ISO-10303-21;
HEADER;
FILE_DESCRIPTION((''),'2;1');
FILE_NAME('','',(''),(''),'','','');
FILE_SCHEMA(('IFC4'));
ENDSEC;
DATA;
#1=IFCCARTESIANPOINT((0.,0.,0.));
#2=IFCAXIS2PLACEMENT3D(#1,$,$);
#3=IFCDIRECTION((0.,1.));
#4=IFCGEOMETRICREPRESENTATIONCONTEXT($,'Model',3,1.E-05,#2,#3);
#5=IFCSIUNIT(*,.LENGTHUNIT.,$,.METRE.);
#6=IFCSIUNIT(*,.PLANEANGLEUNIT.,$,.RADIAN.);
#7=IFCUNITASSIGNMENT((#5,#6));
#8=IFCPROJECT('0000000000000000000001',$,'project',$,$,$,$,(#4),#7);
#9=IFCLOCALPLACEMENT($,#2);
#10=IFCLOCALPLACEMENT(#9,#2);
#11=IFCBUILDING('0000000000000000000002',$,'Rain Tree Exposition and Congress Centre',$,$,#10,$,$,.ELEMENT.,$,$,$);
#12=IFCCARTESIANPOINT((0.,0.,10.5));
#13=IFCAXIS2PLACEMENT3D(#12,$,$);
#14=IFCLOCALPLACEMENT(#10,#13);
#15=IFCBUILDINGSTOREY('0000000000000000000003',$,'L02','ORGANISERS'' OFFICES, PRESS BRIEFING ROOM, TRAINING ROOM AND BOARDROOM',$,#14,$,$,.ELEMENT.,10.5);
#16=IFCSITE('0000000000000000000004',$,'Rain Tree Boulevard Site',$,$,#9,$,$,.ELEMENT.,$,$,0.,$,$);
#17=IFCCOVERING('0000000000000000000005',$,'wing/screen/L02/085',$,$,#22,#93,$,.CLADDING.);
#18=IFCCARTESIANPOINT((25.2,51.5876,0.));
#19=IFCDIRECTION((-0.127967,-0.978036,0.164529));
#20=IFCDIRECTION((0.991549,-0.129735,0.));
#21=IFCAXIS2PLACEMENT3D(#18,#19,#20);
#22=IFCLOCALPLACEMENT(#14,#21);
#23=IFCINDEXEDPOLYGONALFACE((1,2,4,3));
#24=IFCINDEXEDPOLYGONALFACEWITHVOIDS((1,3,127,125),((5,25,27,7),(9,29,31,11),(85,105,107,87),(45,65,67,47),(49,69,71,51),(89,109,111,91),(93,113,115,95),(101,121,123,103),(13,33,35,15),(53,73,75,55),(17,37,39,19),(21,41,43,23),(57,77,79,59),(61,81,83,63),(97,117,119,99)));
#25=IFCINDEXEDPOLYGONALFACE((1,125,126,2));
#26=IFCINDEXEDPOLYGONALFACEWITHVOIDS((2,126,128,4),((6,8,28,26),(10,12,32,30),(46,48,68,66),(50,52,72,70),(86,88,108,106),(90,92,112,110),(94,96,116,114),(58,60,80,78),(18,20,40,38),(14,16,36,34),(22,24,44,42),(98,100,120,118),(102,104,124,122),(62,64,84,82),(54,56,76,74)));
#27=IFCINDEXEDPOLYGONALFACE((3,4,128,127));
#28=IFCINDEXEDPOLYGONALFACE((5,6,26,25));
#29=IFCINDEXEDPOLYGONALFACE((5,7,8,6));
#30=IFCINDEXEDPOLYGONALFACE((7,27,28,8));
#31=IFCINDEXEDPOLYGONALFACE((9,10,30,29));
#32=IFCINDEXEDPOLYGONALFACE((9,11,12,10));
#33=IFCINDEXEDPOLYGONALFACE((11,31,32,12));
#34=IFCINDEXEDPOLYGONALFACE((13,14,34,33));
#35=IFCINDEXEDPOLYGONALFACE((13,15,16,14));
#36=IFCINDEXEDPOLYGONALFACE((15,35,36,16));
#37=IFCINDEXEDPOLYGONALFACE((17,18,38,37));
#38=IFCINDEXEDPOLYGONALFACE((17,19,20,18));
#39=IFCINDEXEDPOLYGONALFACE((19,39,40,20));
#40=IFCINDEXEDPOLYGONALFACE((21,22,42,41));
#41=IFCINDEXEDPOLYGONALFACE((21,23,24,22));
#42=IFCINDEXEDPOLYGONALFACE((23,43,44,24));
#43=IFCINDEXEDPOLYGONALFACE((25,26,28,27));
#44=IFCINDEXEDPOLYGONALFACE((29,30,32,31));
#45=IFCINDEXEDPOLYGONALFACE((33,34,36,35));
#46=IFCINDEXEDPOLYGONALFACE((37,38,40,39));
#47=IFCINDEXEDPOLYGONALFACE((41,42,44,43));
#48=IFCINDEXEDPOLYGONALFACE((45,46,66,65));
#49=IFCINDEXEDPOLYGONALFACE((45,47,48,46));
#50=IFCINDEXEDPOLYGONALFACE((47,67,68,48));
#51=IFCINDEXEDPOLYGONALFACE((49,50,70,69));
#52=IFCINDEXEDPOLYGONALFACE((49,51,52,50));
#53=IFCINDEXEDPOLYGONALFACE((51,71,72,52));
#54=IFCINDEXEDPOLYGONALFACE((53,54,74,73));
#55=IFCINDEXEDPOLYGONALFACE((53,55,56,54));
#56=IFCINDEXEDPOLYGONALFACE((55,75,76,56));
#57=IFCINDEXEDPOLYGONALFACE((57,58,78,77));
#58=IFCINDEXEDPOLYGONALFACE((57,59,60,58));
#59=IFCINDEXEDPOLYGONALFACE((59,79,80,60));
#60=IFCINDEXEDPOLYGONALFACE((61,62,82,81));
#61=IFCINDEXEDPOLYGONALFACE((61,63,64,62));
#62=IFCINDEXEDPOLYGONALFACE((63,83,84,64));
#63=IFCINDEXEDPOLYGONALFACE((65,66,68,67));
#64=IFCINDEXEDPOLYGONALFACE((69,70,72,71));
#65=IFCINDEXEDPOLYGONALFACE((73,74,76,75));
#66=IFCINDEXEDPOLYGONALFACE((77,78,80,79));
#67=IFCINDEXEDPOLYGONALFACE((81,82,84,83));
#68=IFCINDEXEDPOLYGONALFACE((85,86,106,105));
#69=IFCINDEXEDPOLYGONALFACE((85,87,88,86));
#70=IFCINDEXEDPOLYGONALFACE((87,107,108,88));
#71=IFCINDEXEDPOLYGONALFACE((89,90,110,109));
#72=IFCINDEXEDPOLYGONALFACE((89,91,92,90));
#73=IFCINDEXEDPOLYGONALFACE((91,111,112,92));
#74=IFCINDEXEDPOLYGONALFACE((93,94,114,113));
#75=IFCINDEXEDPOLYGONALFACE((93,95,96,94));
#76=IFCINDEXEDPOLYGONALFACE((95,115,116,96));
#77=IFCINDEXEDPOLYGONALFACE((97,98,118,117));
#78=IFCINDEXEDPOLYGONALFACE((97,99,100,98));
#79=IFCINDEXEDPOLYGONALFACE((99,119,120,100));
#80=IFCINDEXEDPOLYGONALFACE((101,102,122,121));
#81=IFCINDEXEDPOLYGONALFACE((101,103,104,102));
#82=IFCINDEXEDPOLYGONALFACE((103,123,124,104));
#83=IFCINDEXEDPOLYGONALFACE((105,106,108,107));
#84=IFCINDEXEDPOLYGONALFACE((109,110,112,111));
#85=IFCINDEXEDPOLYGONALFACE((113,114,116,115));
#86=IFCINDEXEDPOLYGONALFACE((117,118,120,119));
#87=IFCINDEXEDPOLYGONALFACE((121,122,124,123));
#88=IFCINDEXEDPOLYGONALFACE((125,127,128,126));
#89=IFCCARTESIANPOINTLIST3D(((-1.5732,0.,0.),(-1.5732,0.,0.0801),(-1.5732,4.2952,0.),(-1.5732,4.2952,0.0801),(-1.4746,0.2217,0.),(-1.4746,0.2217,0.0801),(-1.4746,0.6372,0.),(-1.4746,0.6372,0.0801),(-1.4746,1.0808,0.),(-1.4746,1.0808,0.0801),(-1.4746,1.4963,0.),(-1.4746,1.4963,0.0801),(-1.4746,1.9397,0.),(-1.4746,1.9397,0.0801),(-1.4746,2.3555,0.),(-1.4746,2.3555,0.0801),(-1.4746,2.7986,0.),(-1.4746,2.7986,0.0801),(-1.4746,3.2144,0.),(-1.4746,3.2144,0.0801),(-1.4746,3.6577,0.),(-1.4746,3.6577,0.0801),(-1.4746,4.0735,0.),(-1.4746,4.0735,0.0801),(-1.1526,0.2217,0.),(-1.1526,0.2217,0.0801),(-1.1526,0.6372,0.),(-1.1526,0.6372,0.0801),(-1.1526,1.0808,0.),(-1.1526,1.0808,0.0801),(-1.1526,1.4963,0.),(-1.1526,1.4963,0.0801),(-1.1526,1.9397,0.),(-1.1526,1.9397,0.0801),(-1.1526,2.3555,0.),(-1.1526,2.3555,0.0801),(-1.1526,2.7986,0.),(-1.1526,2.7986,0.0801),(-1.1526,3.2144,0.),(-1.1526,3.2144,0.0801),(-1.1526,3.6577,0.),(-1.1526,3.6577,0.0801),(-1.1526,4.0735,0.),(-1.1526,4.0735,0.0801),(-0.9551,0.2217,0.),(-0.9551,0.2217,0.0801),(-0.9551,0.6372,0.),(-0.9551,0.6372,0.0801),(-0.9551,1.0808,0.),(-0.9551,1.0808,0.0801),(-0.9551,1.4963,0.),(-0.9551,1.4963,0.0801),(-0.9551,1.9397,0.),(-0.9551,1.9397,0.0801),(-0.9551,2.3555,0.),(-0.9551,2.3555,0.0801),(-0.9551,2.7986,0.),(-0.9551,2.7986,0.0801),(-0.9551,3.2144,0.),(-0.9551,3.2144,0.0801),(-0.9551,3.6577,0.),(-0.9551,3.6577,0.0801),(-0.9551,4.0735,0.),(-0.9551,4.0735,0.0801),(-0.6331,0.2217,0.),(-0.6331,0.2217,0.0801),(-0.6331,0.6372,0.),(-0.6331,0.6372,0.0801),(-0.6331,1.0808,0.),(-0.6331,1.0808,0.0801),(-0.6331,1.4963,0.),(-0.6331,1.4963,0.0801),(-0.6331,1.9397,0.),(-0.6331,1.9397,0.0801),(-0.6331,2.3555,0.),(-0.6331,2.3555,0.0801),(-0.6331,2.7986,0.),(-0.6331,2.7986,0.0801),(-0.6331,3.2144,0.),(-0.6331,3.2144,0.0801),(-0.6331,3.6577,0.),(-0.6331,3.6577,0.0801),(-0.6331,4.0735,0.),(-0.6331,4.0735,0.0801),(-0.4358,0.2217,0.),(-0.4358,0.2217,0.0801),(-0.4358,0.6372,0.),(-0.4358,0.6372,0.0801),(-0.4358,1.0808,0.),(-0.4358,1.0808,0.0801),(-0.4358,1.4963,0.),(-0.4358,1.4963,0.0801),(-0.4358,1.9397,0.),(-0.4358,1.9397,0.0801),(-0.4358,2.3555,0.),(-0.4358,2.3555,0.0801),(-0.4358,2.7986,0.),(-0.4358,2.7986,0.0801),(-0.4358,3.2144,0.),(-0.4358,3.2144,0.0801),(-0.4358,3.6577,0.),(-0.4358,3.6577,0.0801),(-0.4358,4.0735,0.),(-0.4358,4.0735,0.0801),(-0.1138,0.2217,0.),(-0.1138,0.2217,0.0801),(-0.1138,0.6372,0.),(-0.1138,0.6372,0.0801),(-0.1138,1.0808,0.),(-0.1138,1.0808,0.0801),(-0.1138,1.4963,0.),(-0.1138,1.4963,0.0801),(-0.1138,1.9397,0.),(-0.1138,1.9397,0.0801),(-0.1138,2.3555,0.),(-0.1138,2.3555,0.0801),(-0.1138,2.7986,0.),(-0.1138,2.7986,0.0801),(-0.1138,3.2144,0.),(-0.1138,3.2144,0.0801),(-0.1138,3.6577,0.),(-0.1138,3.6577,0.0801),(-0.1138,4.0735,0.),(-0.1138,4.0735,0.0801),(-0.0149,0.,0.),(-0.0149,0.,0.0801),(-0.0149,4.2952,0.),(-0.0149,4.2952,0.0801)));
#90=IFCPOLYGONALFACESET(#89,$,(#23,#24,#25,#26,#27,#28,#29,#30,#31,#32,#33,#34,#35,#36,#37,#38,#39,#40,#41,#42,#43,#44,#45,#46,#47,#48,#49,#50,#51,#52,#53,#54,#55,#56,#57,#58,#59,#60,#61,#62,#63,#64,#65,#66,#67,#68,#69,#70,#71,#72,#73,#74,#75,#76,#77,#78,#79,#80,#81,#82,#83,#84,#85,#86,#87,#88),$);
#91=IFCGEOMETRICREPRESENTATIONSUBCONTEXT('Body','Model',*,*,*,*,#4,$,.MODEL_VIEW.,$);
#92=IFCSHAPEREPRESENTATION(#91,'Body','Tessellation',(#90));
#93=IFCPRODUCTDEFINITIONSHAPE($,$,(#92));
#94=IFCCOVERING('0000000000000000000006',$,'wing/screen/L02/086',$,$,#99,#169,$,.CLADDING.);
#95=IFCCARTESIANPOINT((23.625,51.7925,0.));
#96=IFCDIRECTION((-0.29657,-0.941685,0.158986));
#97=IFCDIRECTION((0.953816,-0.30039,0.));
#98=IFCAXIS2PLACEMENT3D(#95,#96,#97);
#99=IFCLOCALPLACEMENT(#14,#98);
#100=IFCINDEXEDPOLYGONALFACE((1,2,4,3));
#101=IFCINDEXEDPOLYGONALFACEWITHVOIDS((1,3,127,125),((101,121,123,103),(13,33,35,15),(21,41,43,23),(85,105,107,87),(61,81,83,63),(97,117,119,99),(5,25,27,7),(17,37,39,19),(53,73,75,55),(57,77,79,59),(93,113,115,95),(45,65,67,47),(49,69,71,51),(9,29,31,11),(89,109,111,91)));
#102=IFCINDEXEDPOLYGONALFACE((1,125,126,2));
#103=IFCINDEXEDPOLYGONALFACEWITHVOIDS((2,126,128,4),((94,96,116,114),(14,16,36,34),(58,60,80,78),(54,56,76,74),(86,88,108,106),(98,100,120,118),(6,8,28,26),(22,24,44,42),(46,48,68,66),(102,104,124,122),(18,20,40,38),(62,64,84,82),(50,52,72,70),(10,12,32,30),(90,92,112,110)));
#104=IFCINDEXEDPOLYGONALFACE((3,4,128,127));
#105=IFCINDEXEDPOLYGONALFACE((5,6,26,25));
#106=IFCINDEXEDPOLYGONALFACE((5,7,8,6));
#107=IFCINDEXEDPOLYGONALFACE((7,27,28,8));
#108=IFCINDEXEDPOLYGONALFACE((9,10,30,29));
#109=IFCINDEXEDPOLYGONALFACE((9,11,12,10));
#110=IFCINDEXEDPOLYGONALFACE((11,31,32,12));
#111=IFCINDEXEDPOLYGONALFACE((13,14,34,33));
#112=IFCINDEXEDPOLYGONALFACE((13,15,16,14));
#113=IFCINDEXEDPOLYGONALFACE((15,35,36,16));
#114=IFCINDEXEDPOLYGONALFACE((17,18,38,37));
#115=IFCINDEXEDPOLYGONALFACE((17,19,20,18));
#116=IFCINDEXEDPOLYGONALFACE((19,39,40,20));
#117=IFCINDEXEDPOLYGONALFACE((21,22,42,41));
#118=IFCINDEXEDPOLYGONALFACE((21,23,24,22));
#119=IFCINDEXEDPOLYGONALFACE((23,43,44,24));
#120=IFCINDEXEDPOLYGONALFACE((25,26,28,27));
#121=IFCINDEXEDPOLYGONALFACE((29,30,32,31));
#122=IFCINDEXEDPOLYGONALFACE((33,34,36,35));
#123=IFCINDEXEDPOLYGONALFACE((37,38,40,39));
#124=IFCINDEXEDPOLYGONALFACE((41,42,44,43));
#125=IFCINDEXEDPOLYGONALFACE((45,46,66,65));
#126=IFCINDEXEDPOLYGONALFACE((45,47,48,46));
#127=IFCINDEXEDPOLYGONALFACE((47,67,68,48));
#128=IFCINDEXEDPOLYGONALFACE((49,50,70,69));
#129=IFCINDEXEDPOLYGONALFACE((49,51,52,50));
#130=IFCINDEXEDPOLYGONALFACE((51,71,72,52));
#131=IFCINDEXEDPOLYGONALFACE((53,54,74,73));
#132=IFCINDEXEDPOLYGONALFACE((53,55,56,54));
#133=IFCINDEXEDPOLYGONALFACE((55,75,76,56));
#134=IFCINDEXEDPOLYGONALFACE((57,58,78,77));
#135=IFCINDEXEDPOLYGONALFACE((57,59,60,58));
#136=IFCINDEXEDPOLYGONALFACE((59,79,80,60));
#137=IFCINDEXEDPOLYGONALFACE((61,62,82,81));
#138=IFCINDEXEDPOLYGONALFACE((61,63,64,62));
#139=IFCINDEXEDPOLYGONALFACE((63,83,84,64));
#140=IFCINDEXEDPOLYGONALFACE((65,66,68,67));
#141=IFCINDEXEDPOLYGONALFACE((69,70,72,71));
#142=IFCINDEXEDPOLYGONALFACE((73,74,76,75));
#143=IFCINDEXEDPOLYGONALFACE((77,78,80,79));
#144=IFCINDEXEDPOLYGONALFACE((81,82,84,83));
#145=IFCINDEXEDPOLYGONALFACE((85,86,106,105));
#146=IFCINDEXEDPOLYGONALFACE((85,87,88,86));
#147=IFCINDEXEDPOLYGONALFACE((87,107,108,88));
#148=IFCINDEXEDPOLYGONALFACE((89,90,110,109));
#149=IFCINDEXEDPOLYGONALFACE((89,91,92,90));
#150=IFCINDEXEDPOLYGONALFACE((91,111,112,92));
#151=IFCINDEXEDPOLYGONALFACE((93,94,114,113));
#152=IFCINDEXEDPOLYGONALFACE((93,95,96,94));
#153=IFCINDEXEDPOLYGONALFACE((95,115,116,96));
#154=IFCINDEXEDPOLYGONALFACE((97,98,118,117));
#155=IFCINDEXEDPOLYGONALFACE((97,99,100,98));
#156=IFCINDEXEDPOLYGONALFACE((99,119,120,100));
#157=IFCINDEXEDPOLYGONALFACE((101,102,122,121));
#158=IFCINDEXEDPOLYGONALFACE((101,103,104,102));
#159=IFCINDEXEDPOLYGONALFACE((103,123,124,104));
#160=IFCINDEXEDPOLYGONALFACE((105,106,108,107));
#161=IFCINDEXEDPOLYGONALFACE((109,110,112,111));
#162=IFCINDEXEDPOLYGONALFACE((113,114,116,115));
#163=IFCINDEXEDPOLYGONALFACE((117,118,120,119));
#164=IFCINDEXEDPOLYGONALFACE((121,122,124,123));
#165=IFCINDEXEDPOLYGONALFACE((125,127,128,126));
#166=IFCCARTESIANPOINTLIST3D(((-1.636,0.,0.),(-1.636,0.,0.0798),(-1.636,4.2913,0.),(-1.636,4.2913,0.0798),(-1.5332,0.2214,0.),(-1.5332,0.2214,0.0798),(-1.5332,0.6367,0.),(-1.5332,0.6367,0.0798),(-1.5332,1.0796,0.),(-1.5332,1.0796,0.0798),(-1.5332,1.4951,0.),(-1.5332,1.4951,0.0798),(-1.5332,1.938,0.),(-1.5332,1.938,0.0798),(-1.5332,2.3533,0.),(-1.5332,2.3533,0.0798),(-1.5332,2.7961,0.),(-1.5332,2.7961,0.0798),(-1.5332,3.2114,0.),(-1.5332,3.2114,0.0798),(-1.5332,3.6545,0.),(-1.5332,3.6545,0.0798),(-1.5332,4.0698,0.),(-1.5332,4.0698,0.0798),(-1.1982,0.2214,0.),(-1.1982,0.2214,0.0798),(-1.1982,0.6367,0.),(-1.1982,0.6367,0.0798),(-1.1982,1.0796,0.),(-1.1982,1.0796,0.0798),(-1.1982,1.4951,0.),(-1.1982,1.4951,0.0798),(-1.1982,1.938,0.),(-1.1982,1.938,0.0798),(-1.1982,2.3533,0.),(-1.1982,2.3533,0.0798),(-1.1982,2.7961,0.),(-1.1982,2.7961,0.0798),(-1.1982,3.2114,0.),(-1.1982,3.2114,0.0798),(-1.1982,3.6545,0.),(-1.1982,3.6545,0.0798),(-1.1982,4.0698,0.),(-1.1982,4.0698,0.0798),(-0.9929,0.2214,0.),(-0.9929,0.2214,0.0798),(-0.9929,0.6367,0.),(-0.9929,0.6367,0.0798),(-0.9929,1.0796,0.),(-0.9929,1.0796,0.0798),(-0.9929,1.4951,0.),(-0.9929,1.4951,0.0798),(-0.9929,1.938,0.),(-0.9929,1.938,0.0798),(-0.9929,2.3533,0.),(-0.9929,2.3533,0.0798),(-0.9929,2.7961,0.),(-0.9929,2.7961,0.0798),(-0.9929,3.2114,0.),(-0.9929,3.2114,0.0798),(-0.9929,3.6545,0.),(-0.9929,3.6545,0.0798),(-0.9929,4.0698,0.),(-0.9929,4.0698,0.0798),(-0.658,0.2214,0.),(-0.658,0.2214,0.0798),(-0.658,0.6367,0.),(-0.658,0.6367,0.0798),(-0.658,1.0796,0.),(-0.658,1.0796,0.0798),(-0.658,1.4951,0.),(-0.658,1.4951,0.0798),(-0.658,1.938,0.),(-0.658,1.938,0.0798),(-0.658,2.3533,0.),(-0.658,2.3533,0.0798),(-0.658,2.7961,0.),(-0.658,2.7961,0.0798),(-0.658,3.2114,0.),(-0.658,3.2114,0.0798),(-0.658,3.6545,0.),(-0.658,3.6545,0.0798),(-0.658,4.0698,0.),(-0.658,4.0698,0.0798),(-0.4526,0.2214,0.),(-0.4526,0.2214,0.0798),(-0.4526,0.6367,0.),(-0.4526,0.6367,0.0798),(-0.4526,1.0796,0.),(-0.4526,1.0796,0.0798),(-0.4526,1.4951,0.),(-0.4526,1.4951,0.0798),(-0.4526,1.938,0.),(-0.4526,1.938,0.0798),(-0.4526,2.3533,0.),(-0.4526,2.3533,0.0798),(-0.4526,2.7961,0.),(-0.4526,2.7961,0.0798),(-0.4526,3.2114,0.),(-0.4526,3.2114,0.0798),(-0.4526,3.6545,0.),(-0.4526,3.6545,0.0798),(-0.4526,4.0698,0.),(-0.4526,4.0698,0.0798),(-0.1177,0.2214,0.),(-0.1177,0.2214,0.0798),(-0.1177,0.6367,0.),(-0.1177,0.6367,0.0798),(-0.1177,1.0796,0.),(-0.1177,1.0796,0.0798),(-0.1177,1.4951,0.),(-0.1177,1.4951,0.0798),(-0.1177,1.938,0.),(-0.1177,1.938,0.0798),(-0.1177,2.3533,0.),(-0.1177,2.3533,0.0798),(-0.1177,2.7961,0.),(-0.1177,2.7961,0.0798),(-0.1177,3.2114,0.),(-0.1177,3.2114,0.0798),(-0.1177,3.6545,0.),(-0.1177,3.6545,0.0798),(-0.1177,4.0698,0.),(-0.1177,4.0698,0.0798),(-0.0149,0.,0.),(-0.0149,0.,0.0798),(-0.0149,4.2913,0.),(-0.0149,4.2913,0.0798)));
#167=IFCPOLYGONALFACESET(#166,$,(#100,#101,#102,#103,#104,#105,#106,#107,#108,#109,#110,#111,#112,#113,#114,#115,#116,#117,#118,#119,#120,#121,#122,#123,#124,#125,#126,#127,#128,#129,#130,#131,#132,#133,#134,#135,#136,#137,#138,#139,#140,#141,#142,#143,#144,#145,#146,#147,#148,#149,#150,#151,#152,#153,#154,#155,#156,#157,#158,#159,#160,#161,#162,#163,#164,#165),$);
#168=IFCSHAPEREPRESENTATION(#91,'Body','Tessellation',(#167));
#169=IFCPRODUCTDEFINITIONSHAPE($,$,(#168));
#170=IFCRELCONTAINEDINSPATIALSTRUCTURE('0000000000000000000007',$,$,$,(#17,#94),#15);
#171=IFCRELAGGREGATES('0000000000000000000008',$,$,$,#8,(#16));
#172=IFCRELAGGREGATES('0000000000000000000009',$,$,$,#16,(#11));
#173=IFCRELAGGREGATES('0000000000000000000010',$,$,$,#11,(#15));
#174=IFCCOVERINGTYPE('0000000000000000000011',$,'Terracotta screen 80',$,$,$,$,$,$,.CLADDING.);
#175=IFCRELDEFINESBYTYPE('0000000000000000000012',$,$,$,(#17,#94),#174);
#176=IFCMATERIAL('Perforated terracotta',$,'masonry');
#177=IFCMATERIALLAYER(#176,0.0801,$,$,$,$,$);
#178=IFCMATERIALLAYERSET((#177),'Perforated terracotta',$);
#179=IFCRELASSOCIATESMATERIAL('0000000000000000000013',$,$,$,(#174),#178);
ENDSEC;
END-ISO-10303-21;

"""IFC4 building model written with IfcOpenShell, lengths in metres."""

from ifc_helpers import new_model, si_unit, direction, frame, origin, place, context, subcontext, project, spatial, polyline, outline, extrude, material, layer, layer_set, type_object, element, save


model = new_model("IFC4")

# Units and contexts
model_context = context("Model", 3, precision=1e-05, world=origin(), true_north=direction((0.0, 1.0)))
body_context = subcontext(model_context, "Body", "Model", "MODEL_VIEW")
ifc_project = project(units=[si_unit("LENGTHUNIT", "METRE"), si_unit("PLANEANGLEUNIT", "RADIAN")], contexts=[model_context])

# Site, building, storey
site_placement = place(None, origin())
site = spatial("IfcSite", under=ifc_project, at=site_placement, Name="Rain Tree Boulevard Site", CompositionType="ELEMENT", RefElevation=0.0)
building_placement = place(site_placement, origin())
building = spatial("IfcBuilding", under=site, at=building_placement, Name="Rain Tree Exposition and Congress Centre", CompositionType="ELEMENT")
storey_placement = place(building_placement, frame((0.0, 0.0, 10.5)))
storey = spatial("IfcBuildingStorey", under=building, at=storey_placement, Name="L02", Description="ORGANISERS' OFFICES, PRESS BRIEFING ROOM, TRAINING ROOM AND BOARDROOM", CompositionType="ELEMENT", Elevation=10.5)

# Coverings
ifc_material_1 = material(Name="Perforated terracotta", Category="masonry")
ifc_layer_1 = layer(ifc_material_1, 0.0801)
ifc_layer_set_1 = layer_set([ifc_layer_1], Name="Perforated terracotta")
covering_type = type_object("IfcCoveringType", Name="Terracotta screen 80", PredefinedType="CLADDING", material=ifc_layer_set_1)
covering_1_placement = place(storey_placement, frame((25.2, 51.5876, 0.0), z_axis=(-0.127967, -0.978036, 0.164529), x_axis=(0.991549, -0.129735, 0.0)))
element("IfcCovering", 1, at=covering_1_placement, inside=storey, type_object=covering_type, Name="wing/screen/L02/085", PredefinedType="CLADDING", context=body_context, shape_type="SweptSolid", body=[
    extrude(outline(polyline([(-1.5732, 0.0), (-1.5732, 4.2952), (-0.0149, 4.2952), (-0.0149, 0.0), (-1.5732, 0.0)]), holes=[polyline([(-0.1138, 0.2217), (-0.1138, 0.6372), (-0.4358, 0.6372), (-0.4358, 0.2217), (-0.1138, 0.2217)]), polyline([(-0.1138, 1.0808), (-0.1138, 1.4963), (-0.4358, 1.4963), (-0.4358, 1.0808), (-0.1138, 1.0808)]), polyline([(-0.1138, 1.9397), (-0.1138, 2.3555), (-0.4358, 2.3555), (-0.4358, 1.9397), (-0.1138, 1.9397)]), polyline([(-0.1138, 2.7986), (-0.1138, 3.2144), (-0.4358, 3.2144), (-0.4358, 2.7986), (-0.1138, 2.7986)]), polyline([(-0.1138, 3.6577), (-0.1138, 4.0735), (-0.4358, 4.0735), (-0.4358, 3.6577), (-0.1138, 3.6577)]), polyline([(-0.6331, 0.2217), (-0.6331, 0.6372), (-0.9551, 0.6372), (-0.9551, 0.2217), (-0.6331, 0.2217)]), polyline([(-0.6331, 1.0808), (-0.6331, 1.4963), (-0.9551, 1.4963), (-0.9551, 1.0808), (-0.6331, 1.0808)]), polyline([(-0.6331, 1.9397), (-0.6331, 2.3555), (-0.9551, 2.3555), (-0.9551, 1.9397), (-0.6331, 1.9397)]), polyline([(-0.6331, 2.7986), (-0.6331, 3.2144), (-0.9551, 3.2144), (-0.9551, 2.7986), (-0.6331, 2.7986)]), polyline([(-0.6331, 3.6577), (-0.6331, 4.0735), (-0.9551, 4.0735), (-0.9551, 3.6577), (-0.6331, 3.6577)]), polyline([(-1.1526, 0.2217), (-1.1526, 0.6372), (-1.4746, 0.6372), (-1.4746, 0.2217), (-1.1526, 0.2217)]), polyline([(-1.1526, 1.0808), (-1.1526, 1.4963), (-1.4746, 1.4963), (-1.4746, 1.0808), (-1.1526, 1.0808)]), polyline([(-1.1526, 1.9397), (-1.1526, 2.3555), (-1.4746, 2.3555), (-1.4746, 1.9397), (-1.1526, 1.9397)]), polyline([(-1.1526, 2.7986), (-1.1526, 3.2144), (-1.4746, 3.2144), (-1.4746, 2.7986), (-1.1526, 2.7986)]), polyline([(-1.1526, 3.6577), (-1.1526, 4.0735), (-1.4746, 4.0735), (-1.4746, 3.6577), (-1.1526, 3.6577)])]), origin(), (0.0, 0.0, 1.0), 0.0801),
])
covering_2_placement = place(storey_placement, frame((23.625, 51.7925, 0.0), z_axis=(-0.29657, -0.941685, 0.158986), x_axis=(0.953816, -0.30039, 0.0)))
element("IfcCovering", 2, at=covering_2_placement, inside=storey, type_object=covering_type, Name="wing/screen/L02/086", PredefinedType="CLADDING", context=body_context, shape_type="SweptSolid", body=[
    extrude(outline(polyline([(-1.636, 0.0), (-1.636, 4.2913), (-0.0149, 4.2913), (-0.0149, 0.0), (-1.636, 0.0)]), holes=[polyline([(-0.1177, 0.2214), (-0.1177, 0.6367), (-0.4526, 0.6367), (-0.4526, 0.2214), (-0.1177, 0.2214)]), polyline([(-0.1177, 1.0796), (-0.1177, 1.4951), (-0.4526, 1.4951), (-0.4526, 1.0796), (-0.1177, 1.0796)]), polyline([(-0.1177, 1.938), (-0.1177, 2.3533), (-0.4526, 2.3533), (-0.4526, 1.938), (-0.1177, 1.938)]), polyline([(-0.1177, 2.7961), (-0.1177, 3.2114), (-0.4526, 3.2114), (-0.4526, 2.7961), (-0.1177, 2.7961)]), polyline([(-0.1177, 3.6545), (-0.1177, 4.0698), (-0.4526, 4.0698), (-0.4526, 3.6545), (-0.1177, 3.6545)]), polyline([(-0.658, 0.2214), (-0.658, 0.6367), (-0.9929, 0.6367), (-0.9929, 0.2214), (-0.658, 0.2214)]), polyline([(-0.658, 1.0796), (-0.658, 1.4951), (-0.9929, 1.4951), (-0.9929, 1.0796), (-0.658, 1.0796)]), polyline([(-0.658, 1.938), (-0.658, 2.3533), (-0.9929, 2.3533), (-0.9929, 1.938), (-0.658, 1.938)]), polyline([(-0.658, 2.7961), (-0.658, 3.2114), (-0.9929, 3.2114), (-0.9929, 2.7961), (-0.658, 2.7961)]), polyline([(-0.658, 3.6545), (-0.658, 4.0698), (-0.9929, 4.0698), (-0.9929, 3.6545), (-0.658, 3.6545)]), polyline([(-1.1982, 0.2214), (-1.1982, 0.6367), (-1.5332, 0.6367), (-1.5332, 0.2214), (-1.1982, 0.2214)]), polyline([(-1.1982, 1.0796), (-1.1982, 1.4951), (-1.5332, 1.4951), (-1.5332, 1.0796), (-1.1982, 1.0796)]), polyline([(-1.1982, 1.938), (-1.1982, 2.3533), (-1.5332, 2.3533), (-1.5332, 1.938), (-1.1982, 1.938)]), polyline([(-1.1982, 2.7961), (-1.1982, 3.2114), (-1.5332, 3.2114), (-1.5332, 2.7961), (-1.1982, 2.7961)]), polyline([(-1.1982, 3.6545), (-1.1982, 4.0698), (-1.5332, 4.0698), (-1.5332, 3.6545), (-1.1982, 3.6545)])]), origin(), (0.0, 0.0, 1.0), 0.0798),
])

save(model, "model.ifc")
